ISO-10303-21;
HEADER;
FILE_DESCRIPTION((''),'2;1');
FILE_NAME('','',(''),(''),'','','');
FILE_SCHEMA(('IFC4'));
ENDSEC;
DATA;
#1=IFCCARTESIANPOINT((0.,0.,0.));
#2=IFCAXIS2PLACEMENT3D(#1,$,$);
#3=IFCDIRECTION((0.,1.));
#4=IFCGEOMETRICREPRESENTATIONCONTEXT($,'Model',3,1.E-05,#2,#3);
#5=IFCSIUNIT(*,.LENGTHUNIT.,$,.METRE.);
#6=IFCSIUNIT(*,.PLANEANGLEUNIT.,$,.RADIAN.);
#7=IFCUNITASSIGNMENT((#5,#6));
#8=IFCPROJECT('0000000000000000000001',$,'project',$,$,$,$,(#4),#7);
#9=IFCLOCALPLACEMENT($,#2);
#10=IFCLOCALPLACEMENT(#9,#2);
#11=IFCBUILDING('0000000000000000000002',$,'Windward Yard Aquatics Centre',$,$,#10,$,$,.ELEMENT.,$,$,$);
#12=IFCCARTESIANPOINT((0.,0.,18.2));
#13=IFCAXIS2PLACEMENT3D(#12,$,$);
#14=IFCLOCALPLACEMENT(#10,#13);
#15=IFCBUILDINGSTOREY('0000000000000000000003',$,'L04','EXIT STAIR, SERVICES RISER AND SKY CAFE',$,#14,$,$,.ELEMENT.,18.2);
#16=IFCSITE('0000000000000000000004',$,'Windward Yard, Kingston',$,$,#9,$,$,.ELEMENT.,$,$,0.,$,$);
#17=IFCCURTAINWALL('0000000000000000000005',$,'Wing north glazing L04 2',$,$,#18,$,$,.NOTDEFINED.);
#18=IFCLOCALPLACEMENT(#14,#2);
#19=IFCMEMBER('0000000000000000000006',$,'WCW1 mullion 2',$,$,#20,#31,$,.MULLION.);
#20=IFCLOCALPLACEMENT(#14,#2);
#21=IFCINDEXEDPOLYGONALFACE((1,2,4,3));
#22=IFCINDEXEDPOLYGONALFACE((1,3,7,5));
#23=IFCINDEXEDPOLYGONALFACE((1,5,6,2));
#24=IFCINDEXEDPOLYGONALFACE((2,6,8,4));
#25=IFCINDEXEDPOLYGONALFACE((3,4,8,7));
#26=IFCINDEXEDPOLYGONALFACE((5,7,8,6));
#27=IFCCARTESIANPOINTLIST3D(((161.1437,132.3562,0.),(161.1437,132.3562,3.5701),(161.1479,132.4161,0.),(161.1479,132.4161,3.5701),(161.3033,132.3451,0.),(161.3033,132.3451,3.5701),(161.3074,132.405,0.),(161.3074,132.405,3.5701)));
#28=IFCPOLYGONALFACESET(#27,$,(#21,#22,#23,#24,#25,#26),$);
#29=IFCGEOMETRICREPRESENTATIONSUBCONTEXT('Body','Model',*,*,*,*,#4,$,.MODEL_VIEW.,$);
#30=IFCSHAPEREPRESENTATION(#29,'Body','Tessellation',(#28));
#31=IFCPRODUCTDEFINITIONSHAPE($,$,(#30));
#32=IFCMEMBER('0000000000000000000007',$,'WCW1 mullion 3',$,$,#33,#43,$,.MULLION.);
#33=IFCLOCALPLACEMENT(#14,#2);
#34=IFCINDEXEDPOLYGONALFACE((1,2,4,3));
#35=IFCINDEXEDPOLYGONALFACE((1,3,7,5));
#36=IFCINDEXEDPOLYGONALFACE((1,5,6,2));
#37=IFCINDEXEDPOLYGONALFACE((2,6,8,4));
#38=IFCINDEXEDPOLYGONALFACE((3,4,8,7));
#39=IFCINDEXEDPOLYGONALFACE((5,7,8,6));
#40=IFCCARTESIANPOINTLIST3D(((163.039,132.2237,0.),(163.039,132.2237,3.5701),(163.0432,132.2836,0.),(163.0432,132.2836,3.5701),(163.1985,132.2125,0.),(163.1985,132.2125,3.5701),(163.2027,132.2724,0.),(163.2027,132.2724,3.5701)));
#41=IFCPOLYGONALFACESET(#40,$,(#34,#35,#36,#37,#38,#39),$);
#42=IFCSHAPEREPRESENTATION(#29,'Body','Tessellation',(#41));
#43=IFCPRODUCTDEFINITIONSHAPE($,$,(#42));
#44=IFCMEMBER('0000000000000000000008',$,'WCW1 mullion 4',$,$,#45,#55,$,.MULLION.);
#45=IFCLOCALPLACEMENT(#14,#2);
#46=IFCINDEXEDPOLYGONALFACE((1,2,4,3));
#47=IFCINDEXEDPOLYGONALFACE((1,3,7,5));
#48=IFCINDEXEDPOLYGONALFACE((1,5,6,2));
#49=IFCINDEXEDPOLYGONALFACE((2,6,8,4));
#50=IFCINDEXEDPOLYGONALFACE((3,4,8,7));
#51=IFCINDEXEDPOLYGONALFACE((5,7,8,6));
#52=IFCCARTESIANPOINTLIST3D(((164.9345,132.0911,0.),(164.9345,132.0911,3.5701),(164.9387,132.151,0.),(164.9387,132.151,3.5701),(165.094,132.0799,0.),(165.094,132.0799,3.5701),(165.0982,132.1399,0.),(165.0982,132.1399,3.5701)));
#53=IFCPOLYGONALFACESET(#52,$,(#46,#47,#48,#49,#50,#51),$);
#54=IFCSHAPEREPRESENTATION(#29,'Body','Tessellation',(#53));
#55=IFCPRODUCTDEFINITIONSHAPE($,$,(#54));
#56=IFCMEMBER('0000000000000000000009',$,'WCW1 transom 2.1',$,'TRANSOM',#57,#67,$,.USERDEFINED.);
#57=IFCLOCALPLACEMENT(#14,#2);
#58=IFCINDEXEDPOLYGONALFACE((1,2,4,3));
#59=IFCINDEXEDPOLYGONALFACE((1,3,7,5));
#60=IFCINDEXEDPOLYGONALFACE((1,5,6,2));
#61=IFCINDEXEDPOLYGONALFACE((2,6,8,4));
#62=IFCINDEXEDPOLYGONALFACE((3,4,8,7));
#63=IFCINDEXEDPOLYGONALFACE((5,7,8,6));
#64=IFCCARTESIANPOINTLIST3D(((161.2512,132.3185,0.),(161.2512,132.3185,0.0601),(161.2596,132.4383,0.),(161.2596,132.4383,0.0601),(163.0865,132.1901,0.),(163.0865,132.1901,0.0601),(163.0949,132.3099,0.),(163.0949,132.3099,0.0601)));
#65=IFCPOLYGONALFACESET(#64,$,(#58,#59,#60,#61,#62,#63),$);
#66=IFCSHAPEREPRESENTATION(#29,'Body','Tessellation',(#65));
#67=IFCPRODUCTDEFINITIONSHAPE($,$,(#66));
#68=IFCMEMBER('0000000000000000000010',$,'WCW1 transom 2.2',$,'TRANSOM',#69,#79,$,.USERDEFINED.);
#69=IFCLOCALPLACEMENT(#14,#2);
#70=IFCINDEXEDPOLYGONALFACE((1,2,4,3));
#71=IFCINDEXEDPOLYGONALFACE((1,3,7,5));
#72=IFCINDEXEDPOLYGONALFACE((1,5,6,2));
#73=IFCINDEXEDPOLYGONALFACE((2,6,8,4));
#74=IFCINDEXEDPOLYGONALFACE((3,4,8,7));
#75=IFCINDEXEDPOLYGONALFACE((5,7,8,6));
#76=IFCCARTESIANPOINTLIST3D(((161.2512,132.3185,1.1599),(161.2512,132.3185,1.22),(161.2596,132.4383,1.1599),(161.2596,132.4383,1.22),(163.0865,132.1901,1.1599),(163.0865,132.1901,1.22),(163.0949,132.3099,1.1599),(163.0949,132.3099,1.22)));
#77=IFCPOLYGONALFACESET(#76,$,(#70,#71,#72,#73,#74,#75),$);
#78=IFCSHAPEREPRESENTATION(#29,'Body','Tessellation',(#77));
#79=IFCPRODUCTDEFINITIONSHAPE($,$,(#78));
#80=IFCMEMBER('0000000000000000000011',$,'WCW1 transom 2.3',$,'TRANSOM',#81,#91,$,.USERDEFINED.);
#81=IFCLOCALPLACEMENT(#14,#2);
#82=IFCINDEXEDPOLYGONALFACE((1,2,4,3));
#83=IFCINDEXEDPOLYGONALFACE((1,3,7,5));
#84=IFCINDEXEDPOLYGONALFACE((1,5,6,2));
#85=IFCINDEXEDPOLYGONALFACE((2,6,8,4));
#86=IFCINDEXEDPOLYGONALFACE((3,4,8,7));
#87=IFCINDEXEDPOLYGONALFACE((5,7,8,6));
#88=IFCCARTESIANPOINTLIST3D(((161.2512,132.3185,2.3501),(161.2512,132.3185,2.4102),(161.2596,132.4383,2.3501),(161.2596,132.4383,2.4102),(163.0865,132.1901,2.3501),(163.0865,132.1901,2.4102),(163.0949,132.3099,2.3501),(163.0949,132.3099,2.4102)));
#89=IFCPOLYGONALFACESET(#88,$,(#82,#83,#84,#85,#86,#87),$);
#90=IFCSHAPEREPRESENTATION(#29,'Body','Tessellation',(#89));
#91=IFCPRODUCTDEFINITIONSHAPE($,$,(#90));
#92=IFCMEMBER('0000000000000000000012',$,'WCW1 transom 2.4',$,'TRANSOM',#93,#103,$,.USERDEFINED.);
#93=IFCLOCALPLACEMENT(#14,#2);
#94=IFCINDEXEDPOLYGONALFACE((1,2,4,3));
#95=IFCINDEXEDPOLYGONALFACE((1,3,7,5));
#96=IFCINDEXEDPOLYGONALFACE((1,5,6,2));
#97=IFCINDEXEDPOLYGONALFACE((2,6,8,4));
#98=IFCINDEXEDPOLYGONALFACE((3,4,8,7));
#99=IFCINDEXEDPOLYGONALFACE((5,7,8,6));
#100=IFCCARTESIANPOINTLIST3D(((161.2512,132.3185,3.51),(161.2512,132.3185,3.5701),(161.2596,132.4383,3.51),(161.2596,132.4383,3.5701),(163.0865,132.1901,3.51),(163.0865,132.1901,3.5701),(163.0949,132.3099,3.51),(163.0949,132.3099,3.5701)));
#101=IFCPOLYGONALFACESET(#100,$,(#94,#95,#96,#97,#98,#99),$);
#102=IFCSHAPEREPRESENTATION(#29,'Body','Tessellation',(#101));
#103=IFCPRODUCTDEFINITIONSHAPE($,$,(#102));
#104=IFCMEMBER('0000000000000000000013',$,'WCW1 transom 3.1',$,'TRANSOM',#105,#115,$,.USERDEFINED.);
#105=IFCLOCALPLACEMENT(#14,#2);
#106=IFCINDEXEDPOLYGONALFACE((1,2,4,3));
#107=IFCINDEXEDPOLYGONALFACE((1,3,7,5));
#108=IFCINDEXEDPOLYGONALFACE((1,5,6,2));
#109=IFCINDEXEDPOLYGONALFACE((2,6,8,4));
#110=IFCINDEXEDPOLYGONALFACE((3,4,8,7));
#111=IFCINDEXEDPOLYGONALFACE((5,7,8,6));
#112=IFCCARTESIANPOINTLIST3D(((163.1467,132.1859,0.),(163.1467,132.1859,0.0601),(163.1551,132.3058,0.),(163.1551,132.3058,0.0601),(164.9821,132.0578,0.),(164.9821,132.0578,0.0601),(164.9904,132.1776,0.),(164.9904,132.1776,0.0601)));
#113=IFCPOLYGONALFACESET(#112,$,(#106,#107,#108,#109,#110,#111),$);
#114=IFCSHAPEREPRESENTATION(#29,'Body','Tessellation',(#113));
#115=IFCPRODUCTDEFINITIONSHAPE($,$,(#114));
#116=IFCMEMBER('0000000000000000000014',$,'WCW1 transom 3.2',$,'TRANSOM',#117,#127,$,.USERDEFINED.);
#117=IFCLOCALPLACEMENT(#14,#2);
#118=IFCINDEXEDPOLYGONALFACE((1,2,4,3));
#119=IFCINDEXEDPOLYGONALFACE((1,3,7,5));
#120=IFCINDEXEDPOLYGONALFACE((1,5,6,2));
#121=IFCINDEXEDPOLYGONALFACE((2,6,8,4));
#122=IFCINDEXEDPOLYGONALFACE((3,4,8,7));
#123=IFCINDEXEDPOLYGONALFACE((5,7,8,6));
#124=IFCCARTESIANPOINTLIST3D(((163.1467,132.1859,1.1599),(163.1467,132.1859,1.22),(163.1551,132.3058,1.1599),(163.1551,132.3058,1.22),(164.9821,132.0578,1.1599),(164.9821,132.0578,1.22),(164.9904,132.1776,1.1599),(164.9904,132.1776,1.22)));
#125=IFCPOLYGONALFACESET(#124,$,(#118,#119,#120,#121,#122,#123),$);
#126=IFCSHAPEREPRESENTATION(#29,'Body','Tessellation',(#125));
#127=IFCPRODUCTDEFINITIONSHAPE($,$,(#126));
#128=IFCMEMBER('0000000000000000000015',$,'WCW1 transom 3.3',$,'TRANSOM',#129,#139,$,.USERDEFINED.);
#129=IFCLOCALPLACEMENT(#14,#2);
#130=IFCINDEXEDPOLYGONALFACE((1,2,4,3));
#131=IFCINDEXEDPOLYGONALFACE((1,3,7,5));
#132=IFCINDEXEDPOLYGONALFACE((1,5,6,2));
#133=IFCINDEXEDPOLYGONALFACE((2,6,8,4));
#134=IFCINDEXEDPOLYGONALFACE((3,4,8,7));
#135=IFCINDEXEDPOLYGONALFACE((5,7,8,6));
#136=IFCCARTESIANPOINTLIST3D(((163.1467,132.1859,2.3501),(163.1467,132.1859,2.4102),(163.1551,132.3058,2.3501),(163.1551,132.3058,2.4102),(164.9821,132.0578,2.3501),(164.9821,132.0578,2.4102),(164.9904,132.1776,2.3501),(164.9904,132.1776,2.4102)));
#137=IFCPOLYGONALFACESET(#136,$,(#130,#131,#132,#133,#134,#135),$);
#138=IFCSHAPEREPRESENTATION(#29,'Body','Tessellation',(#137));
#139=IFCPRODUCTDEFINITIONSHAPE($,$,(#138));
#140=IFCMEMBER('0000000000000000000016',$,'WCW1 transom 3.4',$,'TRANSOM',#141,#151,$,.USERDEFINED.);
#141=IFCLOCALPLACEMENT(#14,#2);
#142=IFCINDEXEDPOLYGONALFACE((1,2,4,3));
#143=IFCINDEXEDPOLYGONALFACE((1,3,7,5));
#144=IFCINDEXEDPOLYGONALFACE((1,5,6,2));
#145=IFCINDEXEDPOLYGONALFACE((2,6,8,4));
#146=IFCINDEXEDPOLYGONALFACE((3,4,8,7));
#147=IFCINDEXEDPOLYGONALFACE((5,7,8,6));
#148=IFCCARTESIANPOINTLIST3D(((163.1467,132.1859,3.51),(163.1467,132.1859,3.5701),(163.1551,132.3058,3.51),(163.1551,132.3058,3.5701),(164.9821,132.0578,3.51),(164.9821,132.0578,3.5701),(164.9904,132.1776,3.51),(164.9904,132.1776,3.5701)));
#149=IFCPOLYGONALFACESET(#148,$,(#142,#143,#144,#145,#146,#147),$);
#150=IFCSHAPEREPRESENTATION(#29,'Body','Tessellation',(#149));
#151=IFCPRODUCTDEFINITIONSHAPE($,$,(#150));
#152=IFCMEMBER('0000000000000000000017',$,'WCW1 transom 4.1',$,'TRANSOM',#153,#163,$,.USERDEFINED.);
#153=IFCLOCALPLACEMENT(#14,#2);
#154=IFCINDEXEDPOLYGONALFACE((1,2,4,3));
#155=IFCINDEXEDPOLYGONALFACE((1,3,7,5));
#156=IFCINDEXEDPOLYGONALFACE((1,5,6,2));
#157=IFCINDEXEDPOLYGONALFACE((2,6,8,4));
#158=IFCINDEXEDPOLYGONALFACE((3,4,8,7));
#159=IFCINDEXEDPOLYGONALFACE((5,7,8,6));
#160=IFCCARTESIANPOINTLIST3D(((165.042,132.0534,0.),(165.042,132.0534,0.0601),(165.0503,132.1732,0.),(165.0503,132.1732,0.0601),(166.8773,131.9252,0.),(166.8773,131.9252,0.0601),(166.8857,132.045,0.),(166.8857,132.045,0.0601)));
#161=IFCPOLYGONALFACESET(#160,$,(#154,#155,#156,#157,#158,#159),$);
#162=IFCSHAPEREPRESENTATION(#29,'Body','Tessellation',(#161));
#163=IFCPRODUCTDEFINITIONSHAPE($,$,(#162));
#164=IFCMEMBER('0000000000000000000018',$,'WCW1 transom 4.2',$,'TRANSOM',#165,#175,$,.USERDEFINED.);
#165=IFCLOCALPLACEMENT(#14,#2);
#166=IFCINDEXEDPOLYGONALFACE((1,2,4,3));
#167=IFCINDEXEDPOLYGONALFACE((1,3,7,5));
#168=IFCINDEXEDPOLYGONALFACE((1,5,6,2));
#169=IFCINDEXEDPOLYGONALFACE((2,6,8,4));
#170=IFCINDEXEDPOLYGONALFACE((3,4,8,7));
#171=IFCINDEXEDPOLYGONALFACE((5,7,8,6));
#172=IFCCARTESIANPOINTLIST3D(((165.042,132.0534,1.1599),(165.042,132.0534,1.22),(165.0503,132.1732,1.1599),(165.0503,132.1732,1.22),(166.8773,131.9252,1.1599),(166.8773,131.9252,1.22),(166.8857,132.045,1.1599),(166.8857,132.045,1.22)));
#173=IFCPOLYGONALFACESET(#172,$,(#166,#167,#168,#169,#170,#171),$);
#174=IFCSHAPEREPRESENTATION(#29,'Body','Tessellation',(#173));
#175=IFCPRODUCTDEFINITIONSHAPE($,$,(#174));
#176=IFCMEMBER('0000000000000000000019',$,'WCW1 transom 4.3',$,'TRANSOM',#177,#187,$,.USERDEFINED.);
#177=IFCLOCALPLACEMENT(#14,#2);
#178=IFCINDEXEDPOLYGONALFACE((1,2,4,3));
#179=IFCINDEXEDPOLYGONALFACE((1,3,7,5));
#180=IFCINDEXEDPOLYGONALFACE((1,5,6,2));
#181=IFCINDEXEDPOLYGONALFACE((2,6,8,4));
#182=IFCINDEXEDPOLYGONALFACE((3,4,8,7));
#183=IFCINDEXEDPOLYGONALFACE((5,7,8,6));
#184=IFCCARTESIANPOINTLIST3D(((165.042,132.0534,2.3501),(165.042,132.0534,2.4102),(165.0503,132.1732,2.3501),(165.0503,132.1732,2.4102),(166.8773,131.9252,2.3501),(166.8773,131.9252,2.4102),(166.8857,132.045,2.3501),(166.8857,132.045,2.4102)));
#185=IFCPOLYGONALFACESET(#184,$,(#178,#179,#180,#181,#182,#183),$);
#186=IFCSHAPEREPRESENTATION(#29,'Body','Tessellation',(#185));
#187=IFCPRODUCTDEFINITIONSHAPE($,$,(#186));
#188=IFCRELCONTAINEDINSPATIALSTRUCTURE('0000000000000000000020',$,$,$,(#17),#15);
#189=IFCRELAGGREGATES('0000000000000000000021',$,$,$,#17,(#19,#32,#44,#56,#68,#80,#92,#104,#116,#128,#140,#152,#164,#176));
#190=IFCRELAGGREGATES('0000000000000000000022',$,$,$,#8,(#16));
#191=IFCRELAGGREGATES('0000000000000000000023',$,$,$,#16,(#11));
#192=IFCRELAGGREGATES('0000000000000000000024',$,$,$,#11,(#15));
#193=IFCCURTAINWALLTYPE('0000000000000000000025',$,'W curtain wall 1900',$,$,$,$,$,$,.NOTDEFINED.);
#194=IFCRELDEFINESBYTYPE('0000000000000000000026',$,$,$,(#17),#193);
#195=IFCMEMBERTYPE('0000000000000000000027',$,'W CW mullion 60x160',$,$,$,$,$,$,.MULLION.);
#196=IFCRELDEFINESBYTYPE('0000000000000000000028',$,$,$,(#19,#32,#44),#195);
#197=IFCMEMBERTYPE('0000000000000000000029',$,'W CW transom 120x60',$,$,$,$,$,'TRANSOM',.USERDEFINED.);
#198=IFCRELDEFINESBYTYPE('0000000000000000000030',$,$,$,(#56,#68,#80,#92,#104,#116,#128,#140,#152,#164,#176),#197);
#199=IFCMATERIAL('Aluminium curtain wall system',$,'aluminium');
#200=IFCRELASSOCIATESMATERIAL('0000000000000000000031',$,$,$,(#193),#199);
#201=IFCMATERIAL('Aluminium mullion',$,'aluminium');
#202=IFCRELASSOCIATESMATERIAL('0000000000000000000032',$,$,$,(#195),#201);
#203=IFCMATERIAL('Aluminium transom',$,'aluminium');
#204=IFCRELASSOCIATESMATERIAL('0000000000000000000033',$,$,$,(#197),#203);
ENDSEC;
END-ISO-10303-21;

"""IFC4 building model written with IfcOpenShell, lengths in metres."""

from ifc_helpers import new_model, si_unit, direction, frame, origin, origin_2d, place, context, subcontext, project, spatial, rectangle, extrude, material, material_profile, profile_set, type_object, element, aggregate, save


model = new_model("IFC4")

# Units and contexts
model_context = context("Model", 3, precision=1e-05, world=origin(), true_north=direction((0.0, 1.0)))
body_context = subcontext(model_context, "Body", "Model", "MODEL_VIEW")
ifc_project = project(units=[si_unit("LENGTHUNIT", "METRE"), si_unit("PLANEANGLEUNIT", "RADIAN")], contexts=[model_context])

# Site, building, storey
site_placement = place(None, origin())
site = spatial("IfcSite", under=ifc_project, at=site_placement, Name="Windward Yard, Kingston", CompositionType="ELEMENT", RefElevation=0.0)
building_placement = place(site_placement, origin())
building = spatial("IfcBuilding", under=site, at=building_placement, Name="Windward Yard Aquatics Centre", CompositionType="ELEMENT")
storey_placement = place(building_placement, frame((0.0, 0.0, 18.2)))
storey = spatial("IfcBuildingStorey", under=building, at=storey_placement, Name="L04", Description="EXIT STAIR, SERVICES RISER AND SKY CAFE", CompositionType="ELEMENT", Elevation=18.2)

# Curtain wall, members
ifc_material_1 = material(Name="Aluminium curtain wall system", Category="aluminium")
curtain_wall_type = type_object("IfcCurtainWallType", Name="W curtain wall 1900", PredefinedType="NOTDEFINED", material=ifc_material_1)
curtain_wall_placement = place(storey_placement, origin())
curtain_wall = element("IfcCurtainWall", 1, at=curtain_wall_placement, inside=storey, type_object=curtain_wall_type, Name="Wing north glazing L04 2", PredefinedType="NOTDEFINED")
ifc_material_2 = material(Name="Aluminium mullion", Category="aluminium")
ifc_material_profile_1 = material_profile(ifc_material_2, rectangle(XDim=0.0601, YDim=0.1599, at=origin_2d()), Name="AL 60x160")
ifc_profile_set_1 = profile_set([ifc_material_profile_1], Name="Aluminium mullion")
member_type_1 = type_object("IfcMemberType", Name="W CW mullion 60x160", PredefinedType="MULLION", material=ifc_profile_set_1)
member_1_placement = place(storey_placement, frame((161.2256, 132.3806, 0.0), z_axis=(0.0, 0.0, 1.0), x_axis=(0.069758, 0.997564, 0.0)))
member_1 = element("IfcMember", 2, at=member_1_placement, type_object=member_type_1, Name="WCW1 mullion 2", PredefinedType="MULLION", context=body_context, shape_type="SweptSolid", body=[
    extrude(rectangle(XDim=0.0601, YDim=0.1599, at=origin_2d()), origin(), (0.0, 0.0, 1.0), 3.5701),
])
member_2_placement = place(storey_placement, frame((163.1208, 132.248, 0.0), z_axis=(0.0, 0.0, 1.0), x_axis=(0.069758, 0.997564, 0.0)))
member_2 = element("IfcMember", 3, at=member_2_placement, type_object=member_type_1, Name="WCW1 mullion 3", PredefinedType="MULLION", context=body_context, shape_type="SweptSolid", body=[
    extrude(rectangle(XDim=0.0601, YDim=0.1599, at=origin_2d()), origin(), (0.0, 0.0, 1.0), 3.5701),
])
member_3_placement = place(storey_placement, frame((165.0164, 132.1155, 0.0), z_axis=(0.0, 0.0, 1.0), x_axis=(0.069758, 0.997564, 0.0)))
member_3 = element("IfcMember", 4, at=member_3_placement, type_object=member_type_1, Name="WCW1 mullion 4", PredefinedType="MULLION", context=body_context, shape_type="SweptSolid", body=[
    extrude(rectangle(XDim=0.0601, YDim=0.1599, at=origin_2d()), origin(), (0.0, 0.0, 1.0), 3.5701),
])
ifc_material_3 = material(Name="Aluminium transom", Category="aluminium")
ifc_material_profile_2 = material_profile(ifc_material_3, rectangle(XDim=0.1201, YDim=0.0601, at=origin_2d()), Name="AL 120x60")
ifc_profile_set_2 = profile_set([ifc_material_profile_2], Name="Aluminium transom")
member_type_2 = type_object("IfcMemberType", Name="W CW transom 120x60", ElementType="TRANSOM", PredefinedType="USERDEFINED", material=ifc_profile_set_2)
member_4_placement = place(storey_placement, frame((161.2554, 132.3784, 0.03), z_axis=(0.997561, -0.069795, 0.0), x_axis=(0.069795, 0.997561, 0.0)))
member_4 = element("IfcMember", 5, at=member_4_placement, type_object=member_type_2, Name="WCW1 transom 2.1", ObjectType="TRANSOM", PredefinedType="USERDEFINED", context=body_context, shape_type="SweptSolid", body=[
    extrude(rectangle(XDim=0.1201, YDim=0.0601, at=origin_2d()), origin(), (0.0, 0.0, 1.0), 1.8398),
])
member_5_placement = place(storey_placement, frame((161.2554, 132.3784, 1.1899), z_axis=(0.997561, -0.069795, 0.0), x_axis=(0.069795, 0.997561, 0.0)))
member_5 = element("IfcMember", 6, at=member_5_placement, type_object=member_type_2, Name="WCW1 transom 2.2", ObjectType="TRANSOM", PredefinedType="USERDEFINED", context=body_context, shape_type="SweptSolid", body=[
    extrude(rectangle(XDim=0.1201, YDim=0.0601, at=origin_2d()), origin(), (0.0, 0.0, 1.0), 1.8398),
])
member_6_placement = place(storey_placement, frame((161.2554, 132.3784, 2.3801), z_axis=(0.997561, -0.069795, 0.0), x_axis=(0.069795, 0.997561, 0.0)))
member_6 = element("IfcMember", 7, at=member_6_placement, type_object=member_type_2, Name="WCW1 transom 2.3", ObjectType="TRANSOM", PredefinedType="USERDEFINED", context=body_context, shape_type="SweptSolid", body=[
    extrude(rectangle(XDim=0.1201, YDim=0.0601, at=origin_2d()), origin(), (0.0, 0.0, 1.0), 1.8398),
])
member_7_placement = place(storey_placement, frame((161.2554, 132.3784, 3.54), z_axis=(0.997561, -0.069795, 0.0), x_axis=(0.069795, 0.997561, 0.0)))
member_7 = element("IfcMember", 8, at=member_7_placement, type_object=member_type_2, Name="WCW1 transom 2.4", ObjectType="TRANSOM", PredefinedType="USERDEFINED", context=body_context, shape_type="SweptSolid", body=[
    extrude(rectangle(XDim=0.1201, YDim=0.0601, at=origin_2d()), origin(), (0.0, 0.0, 1.0), 1.8398),
])
member_8_placement = place(storey_placement, frame((163.1509, 132.2458, 0.03), z_axis=(0.997571, -0.069663, 0.0), x_axis=(0.069663, 0.997571, 0.0)))
member_8 = element("IfcMember", 9, at=member_8_placement, type_object=member_type_2, Name="WCW1 transom 3.1", ObjectType="TRANSOM", PredefinedType="USERDEFINED", context=body_context, shape_type="SweptSolid", body=[
    extrude(rectangle(XDim=0.1201, YDim=0.0601, at=origin_2d()), origin(), (0.0, 0.0, 1.0), 1.8398),
])
member_9_placement = place(storey_placement, frame((163.1509, 132.2458, 1.1899), z_axis=(0.997571, -0.069663, 0.0), x_axis=(0.069663, 0.997571, 0.0)))
member_9 = element("IfcMember", 10, at=member_9_placement, type_object=member_type_2, Name="WCW1 transom 3.2", ObjectType="TRANSOM", PredefinedType="USERDEFINED", context=body_context, shape_type="SweptSolid", body=[
    extrude(rectangle(XDim=0.1201, YDim=0.0601, at=origin_2d()), origin(), (0.0, 0.0, 1.0), 1.8398),
])
member_10_placement = place(storey_placement, frame((163.1509, 132.2458, 2.3801), z_axis=(0.997571, -0.069663, 0.0), x_axis=(0.069663, 0.997571, 0.0)))
member_10 = element("IfcMember", 11, at=member_10_placement, type_object=member_type_2, Name="WCW1 transom 3.3", ObjectType="TRANSOM", PredefinedType="USERDEFINED", context=body_context, shape_type="SweptSolid", body=[
    extrude(rectangle(XDim=0.1201, YDim=0.0601, at=origin_2d()), origin(), (0.0, 0.0, 1.0), 1.8398),
])
member_11_placement = place(storey_placement, frame((163.1509, 132.2458, 3.54), z_axis=(0.997571, -0.069663, 0.0), x_axis=(0.069663, 0.997571, 0.0)))
member_11 = element("IfcMember", 12, at=member_11_placement, type_object=member_type_2, Name="WCW1 transom 3.4", ObjectType="TRANSOM", PredefinedType="USERDEFINED", context=body_context, shape_type="SweptSolid", body=[
    extrude(rectangle(XDim=0.1201, YDim=0.0601, at=origin_2d()), origin(), (0.0, 0.0, 1.0), 1.8398),
])
member_12_placement = place(storey_placement, frame((165.0461, 132.1133, 0.03), z_axis=(0.997571, -0.069663, 0.0), x_axis=(0.069663, 0.997571, 0.0)))
member_12 = element("IfcMember", 13, at=member_12_placement, type_object=member_type_2, Name="WCW1 transom 4.1", ObjectType="TRANSOM", PredefinedType="USERDEFINED", context=body_context, shape_type="SweptSolid", body=[
    extrude(rectangle(XDim=0.1201, YDim=0.0601, at=origin_2d()), origin(), (0.0, 0.0, 1.0), 1.8398),
])
member_13_placement = place(storey_placement, frame((165.0461, 132.1133, 1.1899), z_axis=(0.997571, -0.069663, 0.0), x_axis=(0.069663, 0.997571, 0.0)))
member_13 = element("IfcMember", 14, at=member_13_placement, type_object=member_type_2, Name="WCW1 transom 4.2", ObjectType="TRANSOM", PredefinedType="USERDEFINED", context=body_context, shape_type="SweptSolid", body=[
    extrude(rectangle(XDim=0.1201, YDim=0.0601, at=origin_2d()), origin(), (0.0, 0.0, 1.0), 1.8398),
])
member_14_placement = place(storey_placement, frame((165.0461, 132.1133, 2.3801), z_axis=(0.997571, -0.069663, 0.0), x_axis=(0.069663, 0.997571, 0.0)))
member_14 = element("IfcMember", 15, at=member_14_placement, type_object=member_type_2, Name="WCW1 transom 4.3", ObjectType="TRANSOM", PredefinedType="USERDEFINED", context=body_context, shape_type="SweptSolid", body=[
    extrude(rectangle(XDim=0.1201, YDim=0.0601, at=origin_2d()), origin(), (0.0, 0.0, 1.0), 1.8398),
])
aggregate(curtain_wall, [member_1, member_2, member_3, member_4, member_5, member_6, member_7, member_8, member_9, member_10, member_11, member_12, member_13, member_14])

save(model, "model.ifc")
